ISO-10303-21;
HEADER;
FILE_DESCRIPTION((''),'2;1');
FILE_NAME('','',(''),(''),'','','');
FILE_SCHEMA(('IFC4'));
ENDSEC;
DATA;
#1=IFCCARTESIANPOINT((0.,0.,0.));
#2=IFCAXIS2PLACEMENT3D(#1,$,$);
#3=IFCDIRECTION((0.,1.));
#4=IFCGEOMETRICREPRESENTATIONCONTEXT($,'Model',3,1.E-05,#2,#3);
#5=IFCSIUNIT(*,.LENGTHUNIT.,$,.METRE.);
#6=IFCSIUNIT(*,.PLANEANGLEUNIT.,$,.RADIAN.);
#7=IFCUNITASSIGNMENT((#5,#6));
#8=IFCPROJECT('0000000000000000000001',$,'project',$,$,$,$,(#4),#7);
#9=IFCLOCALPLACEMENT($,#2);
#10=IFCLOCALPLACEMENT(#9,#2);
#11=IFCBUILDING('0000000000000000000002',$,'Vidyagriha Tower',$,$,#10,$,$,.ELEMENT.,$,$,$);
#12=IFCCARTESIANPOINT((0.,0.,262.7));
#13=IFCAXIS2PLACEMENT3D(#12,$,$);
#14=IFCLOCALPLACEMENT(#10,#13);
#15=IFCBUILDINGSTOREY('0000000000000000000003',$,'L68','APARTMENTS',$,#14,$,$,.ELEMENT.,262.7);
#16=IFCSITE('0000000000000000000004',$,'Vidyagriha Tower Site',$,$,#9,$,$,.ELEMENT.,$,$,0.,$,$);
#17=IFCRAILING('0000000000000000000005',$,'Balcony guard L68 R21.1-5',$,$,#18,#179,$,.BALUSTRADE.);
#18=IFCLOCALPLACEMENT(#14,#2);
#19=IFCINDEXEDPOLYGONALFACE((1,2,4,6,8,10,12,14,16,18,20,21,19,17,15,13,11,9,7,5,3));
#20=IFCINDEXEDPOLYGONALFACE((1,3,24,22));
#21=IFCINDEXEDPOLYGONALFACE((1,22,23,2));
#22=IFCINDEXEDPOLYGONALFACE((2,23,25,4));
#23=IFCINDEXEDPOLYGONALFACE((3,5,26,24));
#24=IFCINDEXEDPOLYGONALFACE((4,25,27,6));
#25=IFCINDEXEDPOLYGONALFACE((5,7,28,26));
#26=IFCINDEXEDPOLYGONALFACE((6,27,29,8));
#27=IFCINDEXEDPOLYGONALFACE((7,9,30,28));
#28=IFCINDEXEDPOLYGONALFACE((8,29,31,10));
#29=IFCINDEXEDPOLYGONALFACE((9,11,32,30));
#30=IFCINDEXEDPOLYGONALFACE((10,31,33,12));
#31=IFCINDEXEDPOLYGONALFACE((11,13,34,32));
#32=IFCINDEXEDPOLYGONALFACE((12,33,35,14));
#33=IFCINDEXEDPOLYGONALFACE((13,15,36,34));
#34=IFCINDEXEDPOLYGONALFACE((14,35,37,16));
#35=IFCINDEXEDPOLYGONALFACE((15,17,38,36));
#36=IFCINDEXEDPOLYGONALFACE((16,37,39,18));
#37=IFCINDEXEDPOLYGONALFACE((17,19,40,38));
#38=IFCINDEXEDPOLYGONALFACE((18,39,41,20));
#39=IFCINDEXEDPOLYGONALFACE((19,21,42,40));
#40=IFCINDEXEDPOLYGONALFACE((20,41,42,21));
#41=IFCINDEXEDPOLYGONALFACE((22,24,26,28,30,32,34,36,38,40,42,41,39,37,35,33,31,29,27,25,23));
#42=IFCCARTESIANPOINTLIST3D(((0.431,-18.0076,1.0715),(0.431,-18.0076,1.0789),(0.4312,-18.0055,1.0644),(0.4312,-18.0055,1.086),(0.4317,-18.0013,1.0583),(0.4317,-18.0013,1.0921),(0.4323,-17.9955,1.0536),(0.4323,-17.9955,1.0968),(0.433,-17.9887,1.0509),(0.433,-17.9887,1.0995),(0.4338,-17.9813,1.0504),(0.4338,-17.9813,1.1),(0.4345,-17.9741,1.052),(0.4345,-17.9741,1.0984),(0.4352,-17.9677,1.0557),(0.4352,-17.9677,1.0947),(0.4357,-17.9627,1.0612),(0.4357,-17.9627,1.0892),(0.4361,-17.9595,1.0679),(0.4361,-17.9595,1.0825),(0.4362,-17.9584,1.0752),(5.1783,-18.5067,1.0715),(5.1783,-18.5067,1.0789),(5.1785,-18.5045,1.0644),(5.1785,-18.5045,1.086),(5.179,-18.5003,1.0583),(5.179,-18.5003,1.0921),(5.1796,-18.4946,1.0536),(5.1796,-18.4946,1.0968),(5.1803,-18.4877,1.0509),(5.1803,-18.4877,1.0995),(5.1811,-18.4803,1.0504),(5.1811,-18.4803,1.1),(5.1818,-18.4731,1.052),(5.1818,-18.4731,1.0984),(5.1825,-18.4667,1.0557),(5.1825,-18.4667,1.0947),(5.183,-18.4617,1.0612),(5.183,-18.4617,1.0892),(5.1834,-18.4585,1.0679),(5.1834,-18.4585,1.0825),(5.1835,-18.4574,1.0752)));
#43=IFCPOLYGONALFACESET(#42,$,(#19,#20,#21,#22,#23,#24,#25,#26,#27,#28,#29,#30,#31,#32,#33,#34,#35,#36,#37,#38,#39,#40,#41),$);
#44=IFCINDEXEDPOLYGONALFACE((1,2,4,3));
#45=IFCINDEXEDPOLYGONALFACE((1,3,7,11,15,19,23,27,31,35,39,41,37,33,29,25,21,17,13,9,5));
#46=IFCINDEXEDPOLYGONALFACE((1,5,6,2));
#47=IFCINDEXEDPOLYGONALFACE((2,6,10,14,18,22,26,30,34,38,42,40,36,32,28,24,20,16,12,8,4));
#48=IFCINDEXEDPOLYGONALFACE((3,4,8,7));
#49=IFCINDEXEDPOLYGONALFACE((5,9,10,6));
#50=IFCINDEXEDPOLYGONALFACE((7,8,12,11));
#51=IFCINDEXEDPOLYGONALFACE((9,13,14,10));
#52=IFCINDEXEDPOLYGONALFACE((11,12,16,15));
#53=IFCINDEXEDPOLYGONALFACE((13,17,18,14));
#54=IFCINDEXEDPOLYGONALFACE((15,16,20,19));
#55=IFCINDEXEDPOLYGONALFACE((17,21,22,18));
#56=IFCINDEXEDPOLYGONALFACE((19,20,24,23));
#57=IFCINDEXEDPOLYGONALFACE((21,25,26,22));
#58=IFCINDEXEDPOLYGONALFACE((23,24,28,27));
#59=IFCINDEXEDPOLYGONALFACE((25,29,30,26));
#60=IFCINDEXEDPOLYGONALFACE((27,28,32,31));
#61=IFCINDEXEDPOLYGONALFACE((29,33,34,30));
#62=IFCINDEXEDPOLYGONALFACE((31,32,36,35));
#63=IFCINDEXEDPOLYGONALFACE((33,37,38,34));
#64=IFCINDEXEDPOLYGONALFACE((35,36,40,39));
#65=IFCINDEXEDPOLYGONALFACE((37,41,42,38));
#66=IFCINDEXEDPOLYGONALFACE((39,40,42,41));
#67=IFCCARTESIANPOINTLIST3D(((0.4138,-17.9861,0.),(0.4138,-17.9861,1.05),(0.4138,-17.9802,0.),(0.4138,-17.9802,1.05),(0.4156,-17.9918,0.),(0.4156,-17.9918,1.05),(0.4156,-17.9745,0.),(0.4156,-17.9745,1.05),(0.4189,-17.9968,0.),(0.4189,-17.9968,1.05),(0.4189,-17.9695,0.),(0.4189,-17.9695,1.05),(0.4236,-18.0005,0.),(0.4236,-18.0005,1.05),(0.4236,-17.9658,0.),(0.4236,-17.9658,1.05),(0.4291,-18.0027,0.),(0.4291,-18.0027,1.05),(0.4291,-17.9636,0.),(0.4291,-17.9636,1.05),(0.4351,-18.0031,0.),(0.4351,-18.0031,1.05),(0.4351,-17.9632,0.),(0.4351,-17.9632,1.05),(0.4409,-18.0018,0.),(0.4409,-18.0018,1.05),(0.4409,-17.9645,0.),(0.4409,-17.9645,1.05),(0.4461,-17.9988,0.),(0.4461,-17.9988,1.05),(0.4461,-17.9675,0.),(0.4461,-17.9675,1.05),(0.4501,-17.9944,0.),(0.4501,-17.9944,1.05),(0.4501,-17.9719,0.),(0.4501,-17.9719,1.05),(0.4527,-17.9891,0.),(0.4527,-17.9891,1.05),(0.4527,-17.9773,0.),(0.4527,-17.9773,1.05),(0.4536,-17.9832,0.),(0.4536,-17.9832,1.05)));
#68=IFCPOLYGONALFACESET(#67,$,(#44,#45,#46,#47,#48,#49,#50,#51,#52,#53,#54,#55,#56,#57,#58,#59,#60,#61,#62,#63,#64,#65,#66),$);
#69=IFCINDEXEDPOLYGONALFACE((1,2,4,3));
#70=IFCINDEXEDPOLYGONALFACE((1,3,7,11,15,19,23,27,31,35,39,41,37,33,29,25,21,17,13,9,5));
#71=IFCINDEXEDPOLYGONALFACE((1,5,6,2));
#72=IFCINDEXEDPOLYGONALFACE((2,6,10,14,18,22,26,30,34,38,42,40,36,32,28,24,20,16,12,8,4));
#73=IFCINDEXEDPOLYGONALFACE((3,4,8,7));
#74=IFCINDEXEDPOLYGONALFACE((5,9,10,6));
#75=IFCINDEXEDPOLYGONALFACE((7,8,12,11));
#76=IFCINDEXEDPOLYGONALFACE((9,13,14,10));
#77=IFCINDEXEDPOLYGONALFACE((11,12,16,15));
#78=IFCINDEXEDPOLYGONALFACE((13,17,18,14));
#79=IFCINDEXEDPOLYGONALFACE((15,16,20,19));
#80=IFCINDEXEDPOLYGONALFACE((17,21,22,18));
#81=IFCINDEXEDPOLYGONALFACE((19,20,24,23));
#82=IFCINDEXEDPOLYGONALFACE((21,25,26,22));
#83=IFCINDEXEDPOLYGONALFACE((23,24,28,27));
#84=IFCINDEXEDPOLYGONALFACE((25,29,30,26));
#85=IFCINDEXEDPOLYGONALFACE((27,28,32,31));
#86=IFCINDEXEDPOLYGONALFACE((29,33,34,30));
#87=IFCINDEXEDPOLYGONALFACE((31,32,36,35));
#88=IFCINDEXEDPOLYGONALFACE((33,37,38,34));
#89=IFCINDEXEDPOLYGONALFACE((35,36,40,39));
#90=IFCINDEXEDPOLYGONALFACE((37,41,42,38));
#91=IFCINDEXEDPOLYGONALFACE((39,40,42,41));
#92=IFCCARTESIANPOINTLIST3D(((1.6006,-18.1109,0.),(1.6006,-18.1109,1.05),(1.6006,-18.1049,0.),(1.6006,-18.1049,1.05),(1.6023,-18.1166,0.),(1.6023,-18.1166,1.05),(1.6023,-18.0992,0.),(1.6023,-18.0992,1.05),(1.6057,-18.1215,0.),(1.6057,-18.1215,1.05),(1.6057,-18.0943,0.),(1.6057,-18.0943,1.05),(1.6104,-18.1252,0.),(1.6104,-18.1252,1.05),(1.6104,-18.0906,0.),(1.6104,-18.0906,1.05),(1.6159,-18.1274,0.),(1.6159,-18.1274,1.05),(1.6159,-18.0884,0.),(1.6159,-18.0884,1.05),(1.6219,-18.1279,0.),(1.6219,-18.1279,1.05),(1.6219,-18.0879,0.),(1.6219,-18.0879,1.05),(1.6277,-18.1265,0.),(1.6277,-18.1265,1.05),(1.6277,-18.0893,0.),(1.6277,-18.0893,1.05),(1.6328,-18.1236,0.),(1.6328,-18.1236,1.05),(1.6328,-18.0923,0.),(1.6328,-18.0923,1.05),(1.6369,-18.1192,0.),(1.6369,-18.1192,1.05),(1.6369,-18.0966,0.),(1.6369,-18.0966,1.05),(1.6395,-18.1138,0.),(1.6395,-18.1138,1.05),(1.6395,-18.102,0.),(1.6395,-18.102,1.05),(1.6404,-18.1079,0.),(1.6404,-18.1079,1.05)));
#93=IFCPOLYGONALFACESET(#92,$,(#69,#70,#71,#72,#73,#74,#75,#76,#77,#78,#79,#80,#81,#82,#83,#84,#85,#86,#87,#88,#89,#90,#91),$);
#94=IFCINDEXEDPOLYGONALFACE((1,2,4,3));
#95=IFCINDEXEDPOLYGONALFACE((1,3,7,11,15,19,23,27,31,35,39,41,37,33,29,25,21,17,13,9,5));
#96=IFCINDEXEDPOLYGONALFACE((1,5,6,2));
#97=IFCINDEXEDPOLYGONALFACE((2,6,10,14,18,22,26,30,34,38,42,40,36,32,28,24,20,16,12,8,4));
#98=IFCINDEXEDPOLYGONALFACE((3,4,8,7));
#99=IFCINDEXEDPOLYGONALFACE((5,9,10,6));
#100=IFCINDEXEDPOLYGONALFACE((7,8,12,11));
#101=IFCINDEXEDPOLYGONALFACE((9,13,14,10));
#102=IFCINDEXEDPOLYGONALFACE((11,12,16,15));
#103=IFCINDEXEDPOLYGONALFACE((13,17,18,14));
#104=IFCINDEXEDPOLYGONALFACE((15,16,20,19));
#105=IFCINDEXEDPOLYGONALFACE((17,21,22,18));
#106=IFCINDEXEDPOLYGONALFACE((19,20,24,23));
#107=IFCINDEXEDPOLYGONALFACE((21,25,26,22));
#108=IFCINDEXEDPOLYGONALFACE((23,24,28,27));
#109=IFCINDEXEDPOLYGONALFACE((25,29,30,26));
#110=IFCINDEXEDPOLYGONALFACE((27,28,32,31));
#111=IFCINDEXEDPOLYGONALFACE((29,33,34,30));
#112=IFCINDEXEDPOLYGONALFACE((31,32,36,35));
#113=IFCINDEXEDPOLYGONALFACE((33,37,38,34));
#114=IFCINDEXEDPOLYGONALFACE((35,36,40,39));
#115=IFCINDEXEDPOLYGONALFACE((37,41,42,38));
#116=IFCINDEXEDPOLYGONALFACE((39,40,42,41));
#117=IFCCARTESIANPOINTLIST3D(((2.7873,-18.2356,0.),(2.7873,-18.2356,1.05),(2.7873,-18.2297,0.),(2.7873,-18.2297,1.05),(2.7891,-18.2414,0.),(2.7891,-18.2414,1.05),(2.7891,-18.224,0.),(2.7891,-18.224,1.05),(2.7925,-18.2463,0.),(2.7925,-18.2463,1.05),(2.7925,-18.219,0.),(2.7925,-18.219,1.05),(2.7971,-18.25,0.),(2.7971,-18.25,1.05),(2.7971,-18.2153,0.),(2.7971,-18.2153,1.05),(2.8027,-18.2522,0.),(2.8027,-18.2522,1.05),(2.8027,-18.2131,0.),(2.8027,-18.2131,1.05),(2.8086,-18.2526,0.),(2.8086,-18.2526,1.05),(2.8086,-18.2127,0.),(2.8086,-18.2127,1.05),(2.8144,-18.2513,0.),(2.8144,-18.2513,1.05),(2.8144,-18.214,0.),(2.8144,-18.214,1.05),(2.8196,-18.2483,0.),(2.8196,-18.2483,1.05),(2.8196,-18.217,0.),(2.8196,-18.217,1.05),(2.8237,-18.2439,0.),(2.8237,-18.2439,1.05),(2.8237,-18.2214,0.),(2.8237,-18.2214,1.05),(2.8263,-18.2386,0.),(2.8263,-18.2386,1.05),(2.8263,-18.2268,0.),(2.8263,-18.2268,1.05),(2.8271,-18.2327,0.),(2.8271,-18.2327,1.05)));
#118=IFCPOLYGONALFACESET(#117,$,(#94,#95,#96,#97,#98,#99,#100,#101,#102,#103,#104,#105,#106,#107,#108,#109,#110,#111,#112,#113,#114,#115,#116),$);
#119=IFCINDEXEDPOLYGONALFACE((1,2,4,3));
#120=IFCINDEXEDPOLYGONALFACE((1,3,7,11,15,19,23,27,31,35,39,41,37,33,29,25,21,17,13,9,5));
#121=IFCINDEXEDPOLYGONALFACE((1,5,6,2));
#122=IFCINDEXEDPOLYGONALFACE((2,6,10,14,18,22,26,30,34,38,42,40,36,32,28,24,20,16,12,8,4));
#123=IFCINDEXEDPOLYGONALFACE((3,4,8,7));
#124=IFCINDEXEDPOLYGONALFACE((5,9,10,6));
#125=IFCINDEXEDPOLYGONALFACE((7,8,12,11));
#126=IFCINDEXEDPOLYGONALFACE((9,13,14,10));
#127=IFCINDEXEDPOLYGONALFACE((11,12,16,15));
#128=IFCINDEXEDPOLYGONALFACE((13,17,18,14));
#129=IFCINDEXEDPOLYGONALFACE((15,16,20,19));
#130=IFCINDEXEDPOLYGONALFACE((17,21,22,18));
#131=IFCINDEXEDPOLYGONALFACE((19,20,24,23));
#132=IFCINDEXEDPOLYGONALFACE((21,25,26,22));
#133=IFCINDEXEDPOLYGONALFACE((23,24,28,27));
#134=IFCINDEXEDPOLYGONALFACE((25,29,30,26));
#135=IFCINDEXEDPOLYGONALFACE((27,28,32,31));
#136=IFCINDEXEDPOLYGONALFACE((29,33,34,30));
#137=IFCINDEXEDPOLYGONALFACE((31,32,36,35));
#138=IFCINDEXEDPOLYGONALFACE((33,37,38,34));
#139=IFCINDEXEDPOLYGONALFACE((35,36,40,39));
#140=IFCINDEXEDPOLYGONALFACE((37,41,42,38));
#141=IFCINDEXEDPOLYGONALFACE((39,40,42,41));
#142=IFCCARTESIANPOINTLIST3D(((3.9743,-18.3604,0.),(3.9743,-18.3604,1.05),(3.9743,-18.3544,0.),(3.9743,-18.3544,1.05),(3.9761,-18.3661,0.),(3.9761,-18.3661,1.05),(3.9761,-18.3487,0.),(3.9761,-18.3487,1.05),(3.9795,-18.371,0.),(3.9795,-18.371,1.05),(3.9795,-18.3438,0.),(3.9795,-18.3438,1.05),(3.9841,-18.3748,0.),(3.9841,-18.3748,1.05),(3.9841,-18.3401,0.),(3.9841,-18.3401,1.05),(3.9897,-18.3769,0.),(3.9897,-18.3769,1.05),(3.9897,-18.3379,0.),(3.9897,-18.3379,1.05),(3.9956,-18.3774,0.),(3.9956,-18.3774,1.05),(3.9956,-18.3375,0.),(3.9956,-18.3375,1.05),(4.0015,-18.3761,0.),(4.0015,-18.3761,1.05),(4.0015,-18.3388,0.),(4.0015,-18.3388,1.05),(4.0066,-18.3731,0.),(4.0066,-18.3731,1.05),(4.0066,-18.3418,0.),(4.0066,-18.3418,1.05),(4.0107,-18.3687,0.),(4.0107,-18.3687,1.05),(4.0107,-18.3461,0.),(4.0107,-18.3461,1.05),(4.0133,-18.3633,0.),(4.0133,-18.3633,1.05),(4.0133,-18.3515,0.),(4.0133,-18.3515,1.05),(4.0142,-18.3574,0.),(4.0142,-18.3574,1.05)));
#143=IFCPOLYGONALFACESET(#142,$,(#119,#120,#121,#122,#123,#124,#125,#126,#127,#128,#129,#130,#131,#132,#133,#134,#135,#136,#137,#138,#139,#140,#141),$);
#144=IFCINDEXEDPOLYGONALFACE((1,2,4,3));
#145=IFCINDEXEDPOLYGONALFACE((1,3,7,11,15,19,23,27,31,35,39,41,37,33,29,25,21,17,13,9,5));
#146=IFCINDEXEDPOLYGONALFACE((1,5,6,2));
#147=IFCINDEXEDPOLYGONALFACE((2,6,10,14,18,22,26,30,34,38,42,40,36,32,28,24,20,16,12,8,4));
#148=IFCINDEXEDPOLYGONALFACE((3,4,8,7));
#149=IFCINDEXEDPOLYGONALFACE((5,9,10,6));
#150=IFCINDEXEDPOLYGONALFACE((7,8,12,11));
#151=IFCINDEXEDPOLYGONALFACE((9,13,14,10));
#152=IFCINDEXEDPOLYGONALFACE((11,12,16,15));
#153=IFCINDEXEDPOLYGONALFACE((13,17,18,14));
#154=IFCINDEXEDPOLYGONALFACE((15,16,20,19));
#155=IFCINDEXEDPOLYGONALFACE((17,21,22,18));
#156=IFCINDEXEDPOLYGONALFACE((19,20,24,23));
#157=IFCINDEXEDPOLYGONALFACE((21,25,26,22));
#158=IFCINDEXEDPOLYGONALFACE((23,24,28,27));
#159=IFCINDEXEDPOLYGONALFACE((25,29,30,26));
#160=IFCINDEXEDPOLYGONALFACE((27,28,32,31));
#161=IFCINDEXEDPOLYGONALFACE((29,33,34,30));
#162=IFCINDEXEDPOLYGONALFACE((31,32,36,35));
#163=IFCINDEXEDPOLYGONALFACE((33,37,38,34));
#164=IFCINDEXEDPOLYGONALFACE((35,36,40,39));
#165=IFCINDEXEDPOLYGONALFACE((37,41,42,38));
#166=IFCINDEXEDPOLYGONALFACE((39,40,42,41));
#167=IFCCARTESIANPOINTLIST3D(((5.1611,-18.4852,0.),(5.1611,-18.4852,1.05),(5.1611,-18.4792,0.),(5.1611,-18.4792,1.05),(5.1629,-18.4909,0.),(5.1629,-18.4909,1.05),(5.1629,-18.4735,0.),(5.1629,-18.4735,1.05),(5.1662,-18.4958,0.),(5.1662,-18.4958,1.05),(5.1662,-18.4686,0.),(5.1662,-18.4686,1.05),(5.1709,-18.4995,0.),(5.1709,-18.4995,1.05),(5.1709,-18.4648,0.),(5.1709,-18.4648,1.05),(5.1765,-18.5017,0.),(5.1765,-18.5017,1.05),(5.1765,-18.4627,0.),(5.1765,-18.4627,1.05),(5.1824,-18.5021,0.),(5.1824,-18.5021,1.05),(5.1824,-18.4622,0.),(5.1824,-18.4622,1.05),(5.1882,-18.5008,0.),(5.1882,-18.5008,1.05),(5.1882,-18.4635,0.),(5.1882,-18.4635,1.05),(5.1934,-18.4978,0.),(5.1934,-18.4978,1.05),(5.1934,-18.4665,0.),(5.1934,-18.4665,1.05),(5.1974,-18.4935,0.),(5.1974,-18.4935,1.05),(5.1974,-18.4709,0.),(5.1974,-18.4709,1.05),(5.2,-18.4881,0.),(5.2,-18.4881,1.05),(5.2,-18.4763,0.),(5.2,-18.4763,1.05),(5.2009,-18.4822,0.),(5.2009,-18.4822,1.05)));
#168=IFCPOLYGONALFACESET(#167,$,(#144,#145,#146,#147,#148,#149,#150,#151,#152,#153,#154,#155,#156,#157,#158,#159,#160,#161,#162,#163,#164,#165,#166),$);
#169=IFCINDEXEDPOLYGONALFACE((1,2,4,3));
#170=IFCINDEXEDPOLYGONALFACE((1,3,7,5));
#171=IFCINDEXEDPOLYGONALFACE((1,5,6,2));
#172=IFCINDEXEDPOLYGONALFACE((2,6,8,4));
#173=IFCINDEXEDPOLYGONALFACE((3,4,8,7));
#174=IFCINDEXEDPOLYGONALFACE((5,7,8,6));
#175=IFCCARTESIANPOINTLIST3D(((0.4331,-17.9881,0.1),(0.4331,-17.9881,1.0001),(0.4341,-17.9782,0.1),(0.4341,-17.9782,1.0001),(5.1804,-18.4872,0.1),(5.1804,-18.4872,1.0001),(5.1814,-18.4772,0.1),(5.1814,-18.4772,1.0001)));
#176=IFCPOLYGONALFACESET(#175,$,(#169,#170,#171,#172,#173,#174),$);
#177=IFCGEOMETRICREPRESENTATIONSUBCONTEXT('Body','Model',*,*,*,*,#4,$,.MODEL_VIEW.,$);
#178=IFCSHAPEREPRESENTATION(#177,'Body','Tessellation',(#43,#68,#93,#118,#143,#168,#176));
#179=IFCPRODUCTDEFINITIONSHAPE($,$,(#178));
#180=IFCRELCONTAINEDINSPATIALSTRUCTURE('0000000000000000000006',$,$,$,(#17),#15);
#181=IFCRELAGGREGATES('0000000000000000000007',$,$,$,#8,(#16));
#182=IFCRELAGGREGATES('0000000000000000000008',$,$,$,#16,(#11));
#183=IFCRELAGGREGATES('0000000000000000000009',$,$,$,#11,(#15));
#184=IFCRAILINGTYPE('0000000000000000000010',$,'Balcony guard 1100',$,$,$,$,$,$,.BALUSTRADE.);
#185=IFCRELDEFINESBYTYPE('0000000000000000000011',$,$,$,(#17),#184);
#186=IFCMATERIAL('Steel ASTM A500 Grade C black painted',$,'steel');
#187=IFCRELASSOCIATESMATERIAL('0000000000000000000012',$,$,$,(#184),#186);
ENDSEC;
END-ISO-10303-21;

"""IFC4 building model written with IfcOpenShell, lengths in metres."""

from ifc_helpers import new_model, si_unit, direction, frame, origin, origin_2d, place, context, subcontext, project, spatial, rectangle, circle, extrude, material, type_object, element, save


model = new_model("IFC4")

# Units and contexts
model_context = context("Model", 3, precision=1e-05, world=origin(), true_north=direction((0.0, 1.0)))
body_context = subcontext(model_context, "Body", "Model", "MODEL_VIEW")
ifc_project = project(units=[si_unit("LENGTHUNIT", "METRE"), si_unit("PLANEANGLEUNIT", "RADIAN")], contexts=[model_context])

# Site, building, storey
site_placement = place(None, origin())
site = spatial("IfcSite", under=ifc_project, at=site_placement, Name="Vidyagriha Tower Site", CompositionType="ELEMENT", RefElevation=0.0)
building_placement = place(site_placement, origin())
building = spatial("IfcBuilding", under=site, at=building_placement, Name="Vidyagriha Tower", CompositionType="ELEMENT")
storey_placement = place(building_placement, frame((0.0, 0.0, 262.7)))
storey = spatial("IfcBuildingStorey", under=building, at=storey_placement, Name="L68", Description="APARTMENTS", CompositionType="ELEMENT", Elevation=262.7)

# Railing
ifc_material_1 = material(Name="Steel ASTM A500 Grade C black painted", Category="steel")
railing_type = type_object("IfcRailingType", Name="Balcony guard 1100", PredefinedType="BALUSTRADE", material=ifc_material_1)
railing_1_placement = place(storey_placement, frame((0.4336, -17.9832, 0.0)))
element("IfcRailing", 1, at=railing_1_placement, inside=storey, type_object=railing_type, Name="Balcony guard L68 R21.1-5", PredefinedType="BALUSTRADE", context=body_context, shape_type="SweptSolid", body=[
    extrude(circle(Radius=0.0249, at=origin_2d()), frame((0.0, 0.0, 1.0752), z_axis=(0.994521, -0.104541, 0.0), x_axis=(0.104541, 0.994521, 0.0)), (0.0, 0.0, 1.0), 4.7734),
    extrude(circle(Radius=0.02, at=origin_2d()), origin(), (0.0, 0.0, 1.0), 1.05),
    extrude(circle(Radius=0.02, at=origin_2d()), frame((1.1868, -0.1248, 0.0)), (0.0, 0.0, 1.0), 1.05),
    extrude(circle(Radius=0.02, at=origin_2d()), frame((2.3735, -0.2495, 0.0)), (0.0, 0.0, 1.0), 1.05),
    extrude(circle(Radius=0.02, at=origin_2d()), frame((3.5605, -0.3743, 0.0)), (0.0, 0.0, 1.0), 1.05),
    extrude(circle(Radius=0.02, at=origin_2d()), frame((4.7473, -0.499, 0.0)), (0.0, 0.0, 1.0), 1.05),
    extrude(rectangle(XDim=0.01, YDim=0.9001, at=origin_2d()), frame((0.0, 0.0, 0.55), z_axis=(0.994521, -0.104541, 0.0), x_axis=(0.104541, 0.994521, 0.0)), (0.0, 0.0, 1.0), 4.7734),
])

save(model, "model.ifc")
